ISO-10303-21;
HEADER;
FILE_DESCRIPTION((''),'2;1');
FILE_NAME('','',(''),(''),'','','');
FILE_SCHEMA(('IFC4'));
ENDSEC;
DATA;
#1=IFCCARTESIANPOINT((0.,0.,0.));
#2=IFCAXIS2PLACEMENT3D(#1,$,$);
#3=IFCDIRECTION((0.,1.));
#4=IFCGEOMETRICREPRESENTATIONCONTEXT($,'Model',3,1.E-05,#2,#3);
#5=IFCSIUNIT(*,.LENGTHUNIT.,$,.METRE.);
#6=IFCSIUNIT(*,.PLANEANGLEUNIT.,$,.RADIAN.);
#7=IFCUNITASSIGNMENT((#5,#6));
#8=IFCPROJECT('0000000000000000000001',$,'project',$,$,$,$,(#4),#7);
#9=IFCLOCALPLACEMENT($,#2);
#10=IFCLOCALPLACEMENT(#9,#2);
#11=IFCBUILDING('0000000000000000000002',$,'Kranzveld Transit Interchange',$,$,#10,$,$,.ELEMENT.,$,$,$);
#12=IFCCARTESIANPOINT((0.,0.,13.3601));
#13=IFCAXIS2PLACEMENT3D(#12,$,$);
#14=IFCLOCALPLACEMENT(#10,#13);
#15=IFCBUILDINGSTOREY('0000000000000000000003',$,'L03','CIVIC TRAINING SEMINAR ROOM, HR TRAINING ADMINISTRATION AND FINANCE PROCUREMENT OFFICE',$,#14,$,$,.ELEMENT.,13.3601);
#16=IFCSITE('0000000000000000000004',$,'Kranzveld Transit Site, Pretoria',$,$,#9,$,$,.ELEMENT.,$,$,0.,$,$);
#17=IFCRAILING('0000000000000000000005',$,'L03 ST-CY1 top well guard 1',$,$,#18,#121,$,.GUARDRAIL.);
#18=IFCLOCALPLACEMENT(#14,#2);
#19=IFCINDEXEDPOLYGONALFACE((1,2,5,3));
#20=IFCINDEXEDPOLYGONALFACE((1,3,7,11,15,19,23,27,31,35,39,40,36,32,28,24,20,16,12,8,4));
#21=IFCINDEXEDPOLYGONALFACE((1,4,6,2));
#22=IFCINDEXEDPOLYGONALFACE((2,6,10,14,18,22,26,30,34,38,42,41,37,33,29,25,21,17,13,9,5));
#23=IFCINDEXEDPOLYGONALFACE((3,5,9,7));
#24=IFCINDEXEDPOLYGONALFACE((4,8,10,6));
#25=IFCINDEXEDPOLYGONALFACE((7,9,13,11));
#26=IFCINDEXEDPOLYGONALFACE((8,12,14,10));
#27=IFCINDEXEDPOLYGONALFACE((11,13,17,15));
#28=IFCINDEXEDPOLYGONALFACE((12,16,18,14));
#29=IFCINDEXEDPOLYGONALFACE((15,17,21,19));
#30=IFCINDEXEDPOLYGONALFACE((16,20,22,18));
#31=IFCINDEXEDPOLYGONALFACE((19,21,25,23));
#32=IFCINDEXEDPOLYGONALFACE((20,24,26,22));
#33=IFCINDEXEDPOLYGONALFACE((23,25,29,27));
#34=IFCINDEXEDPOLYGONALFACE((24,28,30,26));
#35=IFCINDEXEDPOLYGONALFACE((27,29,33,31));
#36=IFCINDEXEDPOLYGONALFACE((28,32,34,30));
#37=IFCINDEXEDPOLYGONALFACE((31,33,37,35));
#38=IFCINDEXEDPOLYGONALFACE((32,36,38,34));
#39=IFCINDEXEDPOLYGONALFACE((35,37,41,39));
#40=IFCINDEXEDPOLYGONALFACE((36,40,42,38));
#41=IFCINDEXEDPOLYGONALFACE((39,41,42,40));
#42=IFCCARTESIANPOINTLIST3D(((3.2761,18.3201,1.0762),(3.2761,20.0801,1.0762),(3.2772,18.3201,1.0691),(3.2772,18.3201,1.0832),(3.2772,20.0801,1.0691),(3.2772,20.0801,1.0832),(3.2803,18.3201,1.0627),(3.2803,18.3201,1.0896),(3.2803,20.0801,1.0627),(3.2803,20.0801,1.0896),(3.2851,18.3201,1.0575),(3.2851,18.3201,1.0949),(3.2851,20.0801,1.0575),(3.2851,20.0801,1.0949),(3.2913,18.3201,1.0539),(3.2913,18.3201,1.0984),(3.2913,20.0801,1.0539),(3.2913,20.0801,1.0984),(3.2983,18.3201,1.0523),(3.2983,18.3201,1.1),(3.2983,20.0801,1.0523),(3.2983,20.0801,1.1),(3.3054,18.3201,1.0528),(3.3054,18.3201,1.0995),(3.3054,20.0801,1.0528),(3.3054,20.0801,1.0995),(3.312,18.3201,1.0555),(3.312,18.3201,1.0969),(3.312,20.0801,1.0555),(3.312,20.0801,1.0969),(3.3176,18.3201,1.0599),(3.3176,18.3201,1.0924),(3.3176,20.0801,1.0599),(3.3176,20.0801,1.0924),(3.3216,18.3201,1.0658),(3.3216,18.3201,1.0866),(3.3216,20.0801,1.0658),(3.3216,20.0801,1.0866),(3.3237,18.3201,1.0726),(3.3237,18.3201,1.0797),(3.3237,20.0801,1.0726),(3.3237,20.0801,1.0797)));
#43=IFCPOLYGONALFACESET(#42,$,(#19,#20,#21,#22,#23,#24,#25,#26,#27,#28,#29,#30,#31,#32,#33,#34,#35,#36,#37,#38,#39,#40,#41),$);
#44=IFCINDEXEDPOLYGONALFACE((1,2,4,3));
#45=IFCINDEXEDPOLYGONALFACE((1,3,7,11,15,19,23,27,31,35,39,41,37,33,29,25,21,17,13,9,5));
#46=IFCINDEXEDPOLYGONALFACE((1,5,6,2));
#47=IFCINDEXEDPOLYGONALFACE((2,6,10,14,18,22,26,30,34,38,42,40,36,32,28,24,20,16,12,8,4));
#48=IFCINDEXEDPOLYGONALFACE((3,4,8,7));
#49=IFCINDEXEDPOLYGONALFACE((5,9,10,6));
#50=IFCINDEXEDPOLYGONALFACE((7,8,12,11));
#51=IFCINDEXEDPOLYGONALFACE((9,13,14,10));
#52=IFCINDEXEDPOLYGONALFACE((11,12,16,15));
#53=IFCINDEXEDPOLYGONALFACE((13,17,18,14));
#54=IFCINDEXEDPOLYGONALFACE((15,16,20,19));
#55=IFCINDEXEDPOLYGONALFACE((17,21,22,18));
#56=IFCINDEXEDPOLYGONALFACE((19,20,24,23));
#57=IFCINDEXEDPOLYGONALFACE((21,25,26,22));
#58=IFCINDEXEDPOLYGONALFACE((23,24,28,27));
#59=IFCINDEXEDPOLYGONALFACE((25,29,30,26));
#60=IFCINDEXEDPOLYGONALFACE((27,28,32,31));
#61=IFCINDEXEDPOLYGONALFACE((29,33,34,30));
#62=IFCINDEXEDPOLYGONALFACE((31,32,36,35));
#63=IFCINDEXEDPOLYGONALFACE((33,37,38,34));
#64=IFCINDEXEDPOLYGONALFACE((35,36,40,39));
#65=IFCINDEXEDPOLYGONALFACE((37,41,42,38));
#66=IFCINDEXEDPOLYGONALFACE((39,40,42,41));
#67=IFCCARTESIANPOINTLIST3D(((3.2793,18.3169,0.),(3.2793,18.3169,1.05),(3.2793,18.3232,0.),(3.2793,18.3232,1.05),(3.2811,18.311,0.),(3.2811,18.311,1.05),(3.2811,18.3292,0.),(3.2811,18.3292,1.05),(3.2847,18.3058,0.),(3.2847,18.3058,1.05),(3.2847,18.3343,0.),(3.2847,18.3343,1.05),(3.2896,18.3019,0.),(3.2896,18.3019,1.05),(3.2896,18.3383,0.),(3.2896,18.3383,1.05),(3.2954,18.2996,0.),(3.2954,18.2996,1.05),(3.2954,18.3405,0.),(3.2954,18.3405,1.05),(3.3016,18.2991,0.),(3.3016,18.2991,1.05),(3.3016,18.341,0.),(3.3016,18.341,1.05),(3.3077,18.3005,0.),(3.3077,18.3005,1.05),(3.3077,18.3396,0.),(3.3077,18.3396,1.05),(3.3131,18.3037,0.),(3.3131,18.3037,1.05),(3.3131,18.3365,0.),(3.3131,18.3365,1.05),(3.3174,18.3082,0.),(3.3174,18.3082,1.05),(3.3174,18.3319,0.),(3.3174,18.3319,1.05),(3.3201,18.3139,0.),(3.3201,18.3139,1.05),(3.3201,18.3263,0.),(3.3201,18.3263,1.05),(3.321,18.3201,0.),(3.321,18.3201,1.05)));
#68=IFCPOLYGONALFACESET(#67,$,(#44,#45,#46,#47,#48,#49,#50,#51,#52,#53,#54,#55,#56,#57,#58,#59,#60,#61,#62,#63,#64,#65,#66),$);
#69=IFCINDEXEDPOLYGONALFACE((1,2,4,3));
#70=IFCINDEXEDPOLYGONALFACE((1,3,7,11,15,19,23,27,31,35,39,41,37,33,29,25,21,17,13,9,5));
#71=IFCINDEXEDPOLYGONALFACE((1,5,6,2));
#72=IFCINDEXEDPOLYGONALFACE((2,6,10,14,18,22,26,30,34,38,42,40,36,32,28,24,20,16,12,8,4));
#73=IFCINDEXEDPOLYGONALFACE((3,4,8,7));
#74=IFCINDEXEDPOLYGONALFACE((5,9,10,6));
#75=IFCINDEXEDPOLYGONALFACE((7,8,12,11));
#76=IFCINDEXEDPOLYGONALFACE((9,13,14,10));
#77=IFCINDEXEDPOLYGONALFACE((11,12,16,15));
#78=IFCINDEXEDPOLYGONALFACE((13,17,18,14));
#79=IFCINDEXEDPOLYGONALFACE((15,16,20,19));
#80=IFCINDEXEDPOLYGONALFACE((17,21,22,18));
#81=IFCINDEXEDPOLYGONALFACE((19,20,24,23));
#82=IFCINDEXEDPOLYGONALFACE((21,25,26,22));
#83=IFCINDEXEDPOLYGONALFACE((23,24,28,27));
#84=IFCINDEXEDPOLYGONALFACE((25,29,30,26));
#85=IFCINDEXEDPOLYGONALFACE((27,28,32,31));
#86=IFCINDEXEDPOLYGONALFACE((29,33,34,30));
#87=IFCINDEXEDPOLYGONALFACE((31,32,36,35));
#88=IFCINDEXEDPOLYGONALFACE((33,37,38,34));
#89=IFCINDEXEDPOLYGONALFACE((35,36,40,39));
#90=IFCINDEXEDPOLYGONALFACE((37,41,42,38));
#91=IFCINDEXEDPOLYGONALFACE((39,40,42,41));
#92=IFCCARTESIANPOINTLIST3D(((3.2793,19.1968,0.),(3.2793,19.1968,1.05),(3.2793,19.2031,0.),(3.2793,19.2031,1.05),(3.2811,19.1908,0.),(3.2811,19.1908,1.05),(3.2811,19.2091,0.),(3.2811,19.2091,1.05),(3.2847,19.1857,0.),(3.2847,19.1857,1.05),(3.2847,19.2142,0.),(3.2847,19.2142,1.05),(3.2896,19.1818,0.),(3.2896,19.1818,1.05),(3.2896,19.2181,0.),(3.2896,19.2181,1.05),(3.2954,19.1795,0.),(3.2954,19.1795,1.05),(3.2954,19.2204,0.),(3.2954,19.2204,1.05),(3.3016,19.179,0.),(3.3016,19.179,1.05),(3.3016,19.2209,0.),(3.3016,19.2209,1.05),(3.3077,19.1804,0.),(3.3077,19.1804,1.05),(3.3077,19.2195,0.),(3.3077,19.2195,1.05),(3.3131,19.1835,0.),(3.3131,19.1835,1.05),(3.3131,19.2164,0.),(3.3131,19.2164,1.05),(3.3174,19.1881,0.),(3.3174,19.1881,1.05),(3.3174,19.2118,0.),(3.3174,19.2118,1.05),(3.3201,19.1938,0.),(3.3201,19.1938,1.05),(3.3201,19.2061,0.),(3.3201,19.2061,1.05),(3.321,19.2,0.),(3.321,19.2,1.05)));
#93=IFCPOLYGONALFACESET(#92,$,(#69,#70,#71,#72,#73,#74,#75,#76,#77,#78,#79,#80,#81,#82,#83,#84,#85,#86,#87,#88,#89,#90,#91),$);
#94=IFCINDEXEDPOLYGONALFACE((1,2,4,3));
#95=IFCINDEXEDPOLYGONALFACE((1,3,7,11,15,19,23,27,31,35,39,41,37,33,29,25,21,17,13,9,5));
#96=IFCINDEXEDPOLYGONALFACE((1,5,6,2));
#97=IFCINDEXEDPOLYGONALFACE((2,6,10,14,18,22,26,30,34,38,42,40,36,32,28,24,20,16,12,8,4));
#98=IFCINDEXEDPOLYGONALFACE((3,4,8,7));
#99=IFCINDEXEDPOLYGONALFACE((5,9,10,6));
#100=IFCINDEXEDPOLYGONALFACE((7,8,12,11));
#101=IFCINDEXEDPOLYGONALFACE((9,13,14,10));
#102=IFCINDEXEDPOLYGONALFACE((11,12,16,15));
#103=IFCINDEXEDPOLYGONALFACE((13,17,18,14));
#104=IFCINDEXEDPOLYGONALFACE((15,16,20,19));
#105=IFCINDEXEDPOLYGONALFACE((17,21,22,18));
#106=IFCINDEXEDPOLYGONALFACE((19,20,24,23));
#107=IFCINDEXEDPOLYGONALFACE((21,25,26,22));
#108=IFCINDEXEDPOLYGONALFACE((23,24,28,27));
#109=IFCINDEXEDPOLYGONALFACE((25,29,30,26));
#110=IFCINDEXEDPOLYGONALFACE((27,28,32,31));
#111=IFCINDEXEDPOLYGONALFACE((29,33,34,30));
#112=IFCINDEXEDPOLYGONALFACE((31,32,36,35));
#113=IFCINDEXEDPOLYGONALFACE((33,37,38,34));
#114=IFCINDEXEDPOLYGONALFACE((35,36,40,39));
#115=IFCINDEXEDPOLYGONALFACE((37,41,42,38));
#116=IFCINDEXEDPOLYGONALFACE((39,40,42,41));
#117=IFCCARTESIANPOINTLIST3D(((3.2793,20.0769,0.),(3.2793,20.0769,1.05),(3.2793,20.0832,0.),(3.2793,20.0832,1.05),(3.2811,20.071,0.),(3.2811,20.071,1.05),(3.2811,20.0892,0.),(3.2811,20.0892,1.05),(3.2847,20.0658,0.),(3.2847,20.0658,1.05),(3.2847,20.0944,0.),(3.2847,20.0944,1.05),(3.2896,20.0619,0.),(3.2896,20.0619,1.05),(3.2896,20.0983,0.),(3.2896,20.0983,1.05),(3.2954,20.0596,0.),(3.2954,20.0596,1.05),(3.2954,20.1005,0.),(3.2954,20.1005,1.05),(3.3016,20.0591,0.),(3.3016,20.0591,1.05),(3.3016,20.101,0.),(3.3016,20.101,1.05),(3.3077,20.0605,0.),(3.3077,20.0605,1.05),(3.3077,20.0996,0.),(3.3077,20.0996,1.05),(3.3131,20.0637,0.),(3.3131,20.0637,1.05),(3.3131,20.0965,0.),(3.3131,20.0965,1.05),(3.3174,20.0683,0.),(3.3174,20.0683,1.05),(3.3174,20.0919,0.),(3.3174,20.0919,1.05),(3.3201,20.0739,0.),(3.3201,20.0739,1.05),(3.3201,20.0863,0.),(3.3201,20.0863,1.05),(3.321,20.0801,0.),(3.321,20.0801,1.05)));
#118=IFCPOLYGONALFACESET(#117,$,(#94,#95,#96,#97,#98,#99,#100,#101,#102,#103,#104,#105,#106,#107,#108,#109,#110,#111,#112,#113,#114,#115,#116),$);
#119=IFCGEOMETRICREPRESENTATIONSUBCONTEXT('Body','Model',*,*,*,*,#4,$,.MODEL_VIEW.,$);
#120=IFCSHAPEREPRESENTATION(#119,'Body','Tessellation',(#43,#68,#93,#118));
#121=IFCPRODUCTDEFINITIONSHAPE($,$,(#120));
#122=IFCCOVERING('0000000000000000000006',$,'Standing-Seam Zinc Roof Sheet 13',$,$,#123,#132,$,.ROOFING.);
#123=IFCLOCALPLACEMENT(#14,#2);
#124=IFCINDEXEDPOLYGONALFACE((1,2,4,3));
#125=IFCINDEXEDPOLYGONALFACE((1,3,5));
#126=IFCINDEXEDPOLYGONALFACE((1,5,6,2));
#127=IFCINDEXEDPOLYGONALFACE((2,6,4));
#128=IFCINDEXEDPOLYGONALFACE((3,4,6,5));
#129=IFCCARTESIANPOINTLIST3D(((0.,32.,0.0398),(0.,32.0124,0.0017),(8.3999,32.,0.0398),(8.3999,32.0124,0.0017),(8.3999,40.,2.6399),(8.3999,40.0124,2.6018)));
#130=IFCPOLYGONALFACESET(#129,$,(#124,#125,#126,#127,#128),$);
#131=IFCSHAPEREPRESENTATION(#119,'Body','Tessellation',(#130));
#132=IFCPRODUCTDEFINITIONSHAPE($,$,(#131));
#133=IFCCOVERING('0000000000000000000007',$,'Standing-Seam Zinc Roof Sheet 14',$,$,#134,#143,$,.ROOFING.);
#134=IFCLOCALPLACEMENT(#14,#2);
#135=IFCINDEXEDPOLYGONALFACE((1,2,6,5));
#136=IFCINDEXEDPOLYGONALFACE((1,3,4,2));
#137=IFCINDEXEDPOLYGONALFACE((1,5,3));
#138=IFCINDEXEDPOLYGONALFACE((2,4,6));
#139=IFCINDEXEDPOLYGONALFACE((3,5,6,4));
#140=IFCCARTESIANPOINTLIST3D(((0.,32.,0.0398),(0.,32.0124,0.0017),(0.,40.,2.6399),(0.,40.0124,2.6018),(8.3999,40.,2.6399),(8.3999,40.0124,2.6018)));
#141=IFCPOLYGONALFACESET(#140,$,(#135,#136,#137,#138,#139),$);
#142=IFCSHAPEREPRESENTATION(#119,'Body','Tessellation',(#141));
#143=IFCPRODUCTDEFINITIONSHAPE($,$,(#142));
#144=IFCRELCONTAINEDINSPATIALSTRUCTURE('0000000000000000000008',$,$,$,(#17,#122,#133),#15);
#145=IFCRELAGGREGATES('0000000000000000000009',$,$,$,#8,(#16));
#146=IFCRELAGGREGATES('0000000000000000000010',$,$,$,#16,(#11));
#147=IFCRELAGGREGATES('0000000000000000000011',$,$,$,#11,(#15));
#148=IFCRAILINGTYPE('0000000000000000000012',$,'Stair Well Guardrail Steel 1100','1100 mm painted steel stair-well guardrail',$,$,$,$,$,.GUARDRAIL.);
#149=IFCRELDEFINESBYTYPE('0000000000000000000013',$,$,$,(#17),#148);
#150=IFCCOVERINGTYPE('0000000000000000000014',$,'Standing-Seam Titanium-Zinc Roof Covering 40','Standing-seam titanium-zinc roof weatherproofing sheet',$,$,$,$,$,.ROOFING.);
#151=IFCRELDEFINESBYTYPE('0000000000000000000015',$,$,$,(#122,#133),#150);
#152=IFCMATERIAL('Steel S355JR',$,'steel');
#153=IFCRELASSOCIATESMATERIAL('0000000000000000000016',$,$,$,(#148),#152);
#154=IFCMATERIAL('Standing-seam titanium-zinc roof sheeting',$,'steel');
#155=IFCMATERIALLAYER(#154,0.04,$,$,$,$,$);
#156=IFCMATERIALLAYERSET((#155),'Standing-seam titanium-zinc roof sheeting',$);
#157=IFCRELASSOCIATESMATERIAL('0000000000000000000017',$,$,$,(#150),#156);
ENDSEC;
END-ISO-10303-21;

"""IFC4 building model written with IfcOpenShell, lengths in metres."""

from ifc_helpers import new_model, si_unit, direction, frame, origin, origin_2d, place, context, subcontext, project, spatial, polyline, circle, outline, extrude, material, layer, layer_set, type_object, element, save


model = new_model("IFC4")

# Units and contexts
model_context = context("Model", 3, precision=1e-05, world=origin(), true_north=direction((0.0, 1.0)))
body_context = subcontext(model_context, "Body", "Model", "MODEL_VIEW")
ifc_project = project(units=[si_unit("LENGTHUNIT", "METRE"), si_unit("PLANEANGLEUNIT", "RADIAN")], contexts=[model_context])

# Site, building, storey
site_placement = place(None, origin())
site = spatial("IfcSite", under=ifc_project, at=site_placement, Name="Kranzveld Transit Site, Pretoria", CompositionType="ELEMENT", RefElevation=0.0)
building_placement = place(site_placement, origin())
building = spatial("IfcBuilding", under=site, at=building_placement, Name="Kranzveld Transit Interchange", CompositionType="ELEMENT")
storey_placement = place(building_placement, frame((0.0, 0.0, 13.3601)))
storey = spatial("IfcBuildingStorey", under=building, at=storey_placement, Name="L03", Description="CIVIC TRAINING SEMINAR ROOM, HR TRAINING ADMINISTRATION AND FINANCE PROCUREMENT OFFICE", CompositionType="ELEMENT", Elevation=13.3601)

# Railing
ifc_material_1 = material(Name="Steel S355JR", Category="steel")
railing_type = type_object("IfcRailingType", Name="Stair Well Guardrail Steel 1100", Description="1100 mm painted steel stair-well guardrail", PredefinedType="GUARDRAIL", material=ifc_material_1)
railing_placement = place(storey_placement, frame((3.3, 18.3201, 0.0)))
element("IfcRailing", 1, at=railing_placement, inside=storey, type_object=railing_type, Name="L03 ST-CY1 top well guard 1", PredefinedType="GUARDRAIL", context=body_context, shape_type="SweptSolid", body=[
    extrude(circle(Radius=0.0239, at=origin_2d()), frame((0.0, 0.0, 1.0762), z_axis=(0.0, 1.0, 0.0), x_axis=(-1.0, 0.0, 0.0)), (0.0, 0.0, 1.0), 1.76),
    extrude(circle(Radius=0.021, at=origin_2d()), origin(), (0.0, 0.0, 1.0), 1.05),
    extrude(circle(Radius=0.021, at=origin_2d()), frame((0.0, 0.8799, 0.0)), (0.0, 0.0, 1.0), 1.05),
    extrude(circle(Radius=0.021, at=origin_2d()), frame((0.0, 1.76, 0.0)), (0.0, 0.0, 1.0), 1.05),
])

# Coverings
ifc_material_2 = material(Name="Standing-seam titanium-zinc roof sheeting", Category="steel")
ifc_layer_1 = layer(ifc_material_2, 0.04)
ifc_layer_set_1 = layer_set([ifc_layer_1], Name="Standing-seam titanium-zinc roof sheeting")
covering_type = type_object("IfcCoveringType", Name="Standing-Seam Titanium-Zinc Roof Covering 40", Description="Standing-seam titanium-zinc roof weatherproofing sheet", PredefinedType="ROOFING", material=ifc_layer_set_1)
covering_1_placement = place(storey_placement, frame((0.0, 32.0, 0.0398), z_axis=(0.0, -0.309097, 0.951031), x_axis=(1.0, 0.0, 0.0)))
element("IfcCovering", 2, at=covering_1_placement, inside=storey, type_object=covering_type, Name="Standing-Seam Zinc Roof Sheet 13", PredefinedType="ROOFING", context=body_context, shape_type="SweptSolid", body=[
    extrude(outline(polyline([(0.0, 0.0), (8.3999, 0.0), (8.3999, 8.4119), (0.0, 0.0)])), origin(), (0.0, 0.0, -1.0), 0.04),
])
covering_2_placement = place(storey_placement, frame((0.0, 32.0, 0.0398), z_axis=(0.0, -0.309097, 0.951031), x_axis=(0.706601, 0.672961, 0.218721)))
element("IfcCovering", 3, at=covering_2_placement, inside=storey, type_object=covering_type, Name="Standing-Seam Zinc Roof Sheet 14", PredefinedType="ROOFING", context=body_context, shape_type="SweptSolid", body=[
    extrude(outline(polyline([(0.0, 0.0), (11.8878, 0.0), (5.9524, 5.9439), (0.0, 0.0)])), origin(), (0.0, 0.0, -1.0), 0.04),
])

save(model, "model.ifc")
